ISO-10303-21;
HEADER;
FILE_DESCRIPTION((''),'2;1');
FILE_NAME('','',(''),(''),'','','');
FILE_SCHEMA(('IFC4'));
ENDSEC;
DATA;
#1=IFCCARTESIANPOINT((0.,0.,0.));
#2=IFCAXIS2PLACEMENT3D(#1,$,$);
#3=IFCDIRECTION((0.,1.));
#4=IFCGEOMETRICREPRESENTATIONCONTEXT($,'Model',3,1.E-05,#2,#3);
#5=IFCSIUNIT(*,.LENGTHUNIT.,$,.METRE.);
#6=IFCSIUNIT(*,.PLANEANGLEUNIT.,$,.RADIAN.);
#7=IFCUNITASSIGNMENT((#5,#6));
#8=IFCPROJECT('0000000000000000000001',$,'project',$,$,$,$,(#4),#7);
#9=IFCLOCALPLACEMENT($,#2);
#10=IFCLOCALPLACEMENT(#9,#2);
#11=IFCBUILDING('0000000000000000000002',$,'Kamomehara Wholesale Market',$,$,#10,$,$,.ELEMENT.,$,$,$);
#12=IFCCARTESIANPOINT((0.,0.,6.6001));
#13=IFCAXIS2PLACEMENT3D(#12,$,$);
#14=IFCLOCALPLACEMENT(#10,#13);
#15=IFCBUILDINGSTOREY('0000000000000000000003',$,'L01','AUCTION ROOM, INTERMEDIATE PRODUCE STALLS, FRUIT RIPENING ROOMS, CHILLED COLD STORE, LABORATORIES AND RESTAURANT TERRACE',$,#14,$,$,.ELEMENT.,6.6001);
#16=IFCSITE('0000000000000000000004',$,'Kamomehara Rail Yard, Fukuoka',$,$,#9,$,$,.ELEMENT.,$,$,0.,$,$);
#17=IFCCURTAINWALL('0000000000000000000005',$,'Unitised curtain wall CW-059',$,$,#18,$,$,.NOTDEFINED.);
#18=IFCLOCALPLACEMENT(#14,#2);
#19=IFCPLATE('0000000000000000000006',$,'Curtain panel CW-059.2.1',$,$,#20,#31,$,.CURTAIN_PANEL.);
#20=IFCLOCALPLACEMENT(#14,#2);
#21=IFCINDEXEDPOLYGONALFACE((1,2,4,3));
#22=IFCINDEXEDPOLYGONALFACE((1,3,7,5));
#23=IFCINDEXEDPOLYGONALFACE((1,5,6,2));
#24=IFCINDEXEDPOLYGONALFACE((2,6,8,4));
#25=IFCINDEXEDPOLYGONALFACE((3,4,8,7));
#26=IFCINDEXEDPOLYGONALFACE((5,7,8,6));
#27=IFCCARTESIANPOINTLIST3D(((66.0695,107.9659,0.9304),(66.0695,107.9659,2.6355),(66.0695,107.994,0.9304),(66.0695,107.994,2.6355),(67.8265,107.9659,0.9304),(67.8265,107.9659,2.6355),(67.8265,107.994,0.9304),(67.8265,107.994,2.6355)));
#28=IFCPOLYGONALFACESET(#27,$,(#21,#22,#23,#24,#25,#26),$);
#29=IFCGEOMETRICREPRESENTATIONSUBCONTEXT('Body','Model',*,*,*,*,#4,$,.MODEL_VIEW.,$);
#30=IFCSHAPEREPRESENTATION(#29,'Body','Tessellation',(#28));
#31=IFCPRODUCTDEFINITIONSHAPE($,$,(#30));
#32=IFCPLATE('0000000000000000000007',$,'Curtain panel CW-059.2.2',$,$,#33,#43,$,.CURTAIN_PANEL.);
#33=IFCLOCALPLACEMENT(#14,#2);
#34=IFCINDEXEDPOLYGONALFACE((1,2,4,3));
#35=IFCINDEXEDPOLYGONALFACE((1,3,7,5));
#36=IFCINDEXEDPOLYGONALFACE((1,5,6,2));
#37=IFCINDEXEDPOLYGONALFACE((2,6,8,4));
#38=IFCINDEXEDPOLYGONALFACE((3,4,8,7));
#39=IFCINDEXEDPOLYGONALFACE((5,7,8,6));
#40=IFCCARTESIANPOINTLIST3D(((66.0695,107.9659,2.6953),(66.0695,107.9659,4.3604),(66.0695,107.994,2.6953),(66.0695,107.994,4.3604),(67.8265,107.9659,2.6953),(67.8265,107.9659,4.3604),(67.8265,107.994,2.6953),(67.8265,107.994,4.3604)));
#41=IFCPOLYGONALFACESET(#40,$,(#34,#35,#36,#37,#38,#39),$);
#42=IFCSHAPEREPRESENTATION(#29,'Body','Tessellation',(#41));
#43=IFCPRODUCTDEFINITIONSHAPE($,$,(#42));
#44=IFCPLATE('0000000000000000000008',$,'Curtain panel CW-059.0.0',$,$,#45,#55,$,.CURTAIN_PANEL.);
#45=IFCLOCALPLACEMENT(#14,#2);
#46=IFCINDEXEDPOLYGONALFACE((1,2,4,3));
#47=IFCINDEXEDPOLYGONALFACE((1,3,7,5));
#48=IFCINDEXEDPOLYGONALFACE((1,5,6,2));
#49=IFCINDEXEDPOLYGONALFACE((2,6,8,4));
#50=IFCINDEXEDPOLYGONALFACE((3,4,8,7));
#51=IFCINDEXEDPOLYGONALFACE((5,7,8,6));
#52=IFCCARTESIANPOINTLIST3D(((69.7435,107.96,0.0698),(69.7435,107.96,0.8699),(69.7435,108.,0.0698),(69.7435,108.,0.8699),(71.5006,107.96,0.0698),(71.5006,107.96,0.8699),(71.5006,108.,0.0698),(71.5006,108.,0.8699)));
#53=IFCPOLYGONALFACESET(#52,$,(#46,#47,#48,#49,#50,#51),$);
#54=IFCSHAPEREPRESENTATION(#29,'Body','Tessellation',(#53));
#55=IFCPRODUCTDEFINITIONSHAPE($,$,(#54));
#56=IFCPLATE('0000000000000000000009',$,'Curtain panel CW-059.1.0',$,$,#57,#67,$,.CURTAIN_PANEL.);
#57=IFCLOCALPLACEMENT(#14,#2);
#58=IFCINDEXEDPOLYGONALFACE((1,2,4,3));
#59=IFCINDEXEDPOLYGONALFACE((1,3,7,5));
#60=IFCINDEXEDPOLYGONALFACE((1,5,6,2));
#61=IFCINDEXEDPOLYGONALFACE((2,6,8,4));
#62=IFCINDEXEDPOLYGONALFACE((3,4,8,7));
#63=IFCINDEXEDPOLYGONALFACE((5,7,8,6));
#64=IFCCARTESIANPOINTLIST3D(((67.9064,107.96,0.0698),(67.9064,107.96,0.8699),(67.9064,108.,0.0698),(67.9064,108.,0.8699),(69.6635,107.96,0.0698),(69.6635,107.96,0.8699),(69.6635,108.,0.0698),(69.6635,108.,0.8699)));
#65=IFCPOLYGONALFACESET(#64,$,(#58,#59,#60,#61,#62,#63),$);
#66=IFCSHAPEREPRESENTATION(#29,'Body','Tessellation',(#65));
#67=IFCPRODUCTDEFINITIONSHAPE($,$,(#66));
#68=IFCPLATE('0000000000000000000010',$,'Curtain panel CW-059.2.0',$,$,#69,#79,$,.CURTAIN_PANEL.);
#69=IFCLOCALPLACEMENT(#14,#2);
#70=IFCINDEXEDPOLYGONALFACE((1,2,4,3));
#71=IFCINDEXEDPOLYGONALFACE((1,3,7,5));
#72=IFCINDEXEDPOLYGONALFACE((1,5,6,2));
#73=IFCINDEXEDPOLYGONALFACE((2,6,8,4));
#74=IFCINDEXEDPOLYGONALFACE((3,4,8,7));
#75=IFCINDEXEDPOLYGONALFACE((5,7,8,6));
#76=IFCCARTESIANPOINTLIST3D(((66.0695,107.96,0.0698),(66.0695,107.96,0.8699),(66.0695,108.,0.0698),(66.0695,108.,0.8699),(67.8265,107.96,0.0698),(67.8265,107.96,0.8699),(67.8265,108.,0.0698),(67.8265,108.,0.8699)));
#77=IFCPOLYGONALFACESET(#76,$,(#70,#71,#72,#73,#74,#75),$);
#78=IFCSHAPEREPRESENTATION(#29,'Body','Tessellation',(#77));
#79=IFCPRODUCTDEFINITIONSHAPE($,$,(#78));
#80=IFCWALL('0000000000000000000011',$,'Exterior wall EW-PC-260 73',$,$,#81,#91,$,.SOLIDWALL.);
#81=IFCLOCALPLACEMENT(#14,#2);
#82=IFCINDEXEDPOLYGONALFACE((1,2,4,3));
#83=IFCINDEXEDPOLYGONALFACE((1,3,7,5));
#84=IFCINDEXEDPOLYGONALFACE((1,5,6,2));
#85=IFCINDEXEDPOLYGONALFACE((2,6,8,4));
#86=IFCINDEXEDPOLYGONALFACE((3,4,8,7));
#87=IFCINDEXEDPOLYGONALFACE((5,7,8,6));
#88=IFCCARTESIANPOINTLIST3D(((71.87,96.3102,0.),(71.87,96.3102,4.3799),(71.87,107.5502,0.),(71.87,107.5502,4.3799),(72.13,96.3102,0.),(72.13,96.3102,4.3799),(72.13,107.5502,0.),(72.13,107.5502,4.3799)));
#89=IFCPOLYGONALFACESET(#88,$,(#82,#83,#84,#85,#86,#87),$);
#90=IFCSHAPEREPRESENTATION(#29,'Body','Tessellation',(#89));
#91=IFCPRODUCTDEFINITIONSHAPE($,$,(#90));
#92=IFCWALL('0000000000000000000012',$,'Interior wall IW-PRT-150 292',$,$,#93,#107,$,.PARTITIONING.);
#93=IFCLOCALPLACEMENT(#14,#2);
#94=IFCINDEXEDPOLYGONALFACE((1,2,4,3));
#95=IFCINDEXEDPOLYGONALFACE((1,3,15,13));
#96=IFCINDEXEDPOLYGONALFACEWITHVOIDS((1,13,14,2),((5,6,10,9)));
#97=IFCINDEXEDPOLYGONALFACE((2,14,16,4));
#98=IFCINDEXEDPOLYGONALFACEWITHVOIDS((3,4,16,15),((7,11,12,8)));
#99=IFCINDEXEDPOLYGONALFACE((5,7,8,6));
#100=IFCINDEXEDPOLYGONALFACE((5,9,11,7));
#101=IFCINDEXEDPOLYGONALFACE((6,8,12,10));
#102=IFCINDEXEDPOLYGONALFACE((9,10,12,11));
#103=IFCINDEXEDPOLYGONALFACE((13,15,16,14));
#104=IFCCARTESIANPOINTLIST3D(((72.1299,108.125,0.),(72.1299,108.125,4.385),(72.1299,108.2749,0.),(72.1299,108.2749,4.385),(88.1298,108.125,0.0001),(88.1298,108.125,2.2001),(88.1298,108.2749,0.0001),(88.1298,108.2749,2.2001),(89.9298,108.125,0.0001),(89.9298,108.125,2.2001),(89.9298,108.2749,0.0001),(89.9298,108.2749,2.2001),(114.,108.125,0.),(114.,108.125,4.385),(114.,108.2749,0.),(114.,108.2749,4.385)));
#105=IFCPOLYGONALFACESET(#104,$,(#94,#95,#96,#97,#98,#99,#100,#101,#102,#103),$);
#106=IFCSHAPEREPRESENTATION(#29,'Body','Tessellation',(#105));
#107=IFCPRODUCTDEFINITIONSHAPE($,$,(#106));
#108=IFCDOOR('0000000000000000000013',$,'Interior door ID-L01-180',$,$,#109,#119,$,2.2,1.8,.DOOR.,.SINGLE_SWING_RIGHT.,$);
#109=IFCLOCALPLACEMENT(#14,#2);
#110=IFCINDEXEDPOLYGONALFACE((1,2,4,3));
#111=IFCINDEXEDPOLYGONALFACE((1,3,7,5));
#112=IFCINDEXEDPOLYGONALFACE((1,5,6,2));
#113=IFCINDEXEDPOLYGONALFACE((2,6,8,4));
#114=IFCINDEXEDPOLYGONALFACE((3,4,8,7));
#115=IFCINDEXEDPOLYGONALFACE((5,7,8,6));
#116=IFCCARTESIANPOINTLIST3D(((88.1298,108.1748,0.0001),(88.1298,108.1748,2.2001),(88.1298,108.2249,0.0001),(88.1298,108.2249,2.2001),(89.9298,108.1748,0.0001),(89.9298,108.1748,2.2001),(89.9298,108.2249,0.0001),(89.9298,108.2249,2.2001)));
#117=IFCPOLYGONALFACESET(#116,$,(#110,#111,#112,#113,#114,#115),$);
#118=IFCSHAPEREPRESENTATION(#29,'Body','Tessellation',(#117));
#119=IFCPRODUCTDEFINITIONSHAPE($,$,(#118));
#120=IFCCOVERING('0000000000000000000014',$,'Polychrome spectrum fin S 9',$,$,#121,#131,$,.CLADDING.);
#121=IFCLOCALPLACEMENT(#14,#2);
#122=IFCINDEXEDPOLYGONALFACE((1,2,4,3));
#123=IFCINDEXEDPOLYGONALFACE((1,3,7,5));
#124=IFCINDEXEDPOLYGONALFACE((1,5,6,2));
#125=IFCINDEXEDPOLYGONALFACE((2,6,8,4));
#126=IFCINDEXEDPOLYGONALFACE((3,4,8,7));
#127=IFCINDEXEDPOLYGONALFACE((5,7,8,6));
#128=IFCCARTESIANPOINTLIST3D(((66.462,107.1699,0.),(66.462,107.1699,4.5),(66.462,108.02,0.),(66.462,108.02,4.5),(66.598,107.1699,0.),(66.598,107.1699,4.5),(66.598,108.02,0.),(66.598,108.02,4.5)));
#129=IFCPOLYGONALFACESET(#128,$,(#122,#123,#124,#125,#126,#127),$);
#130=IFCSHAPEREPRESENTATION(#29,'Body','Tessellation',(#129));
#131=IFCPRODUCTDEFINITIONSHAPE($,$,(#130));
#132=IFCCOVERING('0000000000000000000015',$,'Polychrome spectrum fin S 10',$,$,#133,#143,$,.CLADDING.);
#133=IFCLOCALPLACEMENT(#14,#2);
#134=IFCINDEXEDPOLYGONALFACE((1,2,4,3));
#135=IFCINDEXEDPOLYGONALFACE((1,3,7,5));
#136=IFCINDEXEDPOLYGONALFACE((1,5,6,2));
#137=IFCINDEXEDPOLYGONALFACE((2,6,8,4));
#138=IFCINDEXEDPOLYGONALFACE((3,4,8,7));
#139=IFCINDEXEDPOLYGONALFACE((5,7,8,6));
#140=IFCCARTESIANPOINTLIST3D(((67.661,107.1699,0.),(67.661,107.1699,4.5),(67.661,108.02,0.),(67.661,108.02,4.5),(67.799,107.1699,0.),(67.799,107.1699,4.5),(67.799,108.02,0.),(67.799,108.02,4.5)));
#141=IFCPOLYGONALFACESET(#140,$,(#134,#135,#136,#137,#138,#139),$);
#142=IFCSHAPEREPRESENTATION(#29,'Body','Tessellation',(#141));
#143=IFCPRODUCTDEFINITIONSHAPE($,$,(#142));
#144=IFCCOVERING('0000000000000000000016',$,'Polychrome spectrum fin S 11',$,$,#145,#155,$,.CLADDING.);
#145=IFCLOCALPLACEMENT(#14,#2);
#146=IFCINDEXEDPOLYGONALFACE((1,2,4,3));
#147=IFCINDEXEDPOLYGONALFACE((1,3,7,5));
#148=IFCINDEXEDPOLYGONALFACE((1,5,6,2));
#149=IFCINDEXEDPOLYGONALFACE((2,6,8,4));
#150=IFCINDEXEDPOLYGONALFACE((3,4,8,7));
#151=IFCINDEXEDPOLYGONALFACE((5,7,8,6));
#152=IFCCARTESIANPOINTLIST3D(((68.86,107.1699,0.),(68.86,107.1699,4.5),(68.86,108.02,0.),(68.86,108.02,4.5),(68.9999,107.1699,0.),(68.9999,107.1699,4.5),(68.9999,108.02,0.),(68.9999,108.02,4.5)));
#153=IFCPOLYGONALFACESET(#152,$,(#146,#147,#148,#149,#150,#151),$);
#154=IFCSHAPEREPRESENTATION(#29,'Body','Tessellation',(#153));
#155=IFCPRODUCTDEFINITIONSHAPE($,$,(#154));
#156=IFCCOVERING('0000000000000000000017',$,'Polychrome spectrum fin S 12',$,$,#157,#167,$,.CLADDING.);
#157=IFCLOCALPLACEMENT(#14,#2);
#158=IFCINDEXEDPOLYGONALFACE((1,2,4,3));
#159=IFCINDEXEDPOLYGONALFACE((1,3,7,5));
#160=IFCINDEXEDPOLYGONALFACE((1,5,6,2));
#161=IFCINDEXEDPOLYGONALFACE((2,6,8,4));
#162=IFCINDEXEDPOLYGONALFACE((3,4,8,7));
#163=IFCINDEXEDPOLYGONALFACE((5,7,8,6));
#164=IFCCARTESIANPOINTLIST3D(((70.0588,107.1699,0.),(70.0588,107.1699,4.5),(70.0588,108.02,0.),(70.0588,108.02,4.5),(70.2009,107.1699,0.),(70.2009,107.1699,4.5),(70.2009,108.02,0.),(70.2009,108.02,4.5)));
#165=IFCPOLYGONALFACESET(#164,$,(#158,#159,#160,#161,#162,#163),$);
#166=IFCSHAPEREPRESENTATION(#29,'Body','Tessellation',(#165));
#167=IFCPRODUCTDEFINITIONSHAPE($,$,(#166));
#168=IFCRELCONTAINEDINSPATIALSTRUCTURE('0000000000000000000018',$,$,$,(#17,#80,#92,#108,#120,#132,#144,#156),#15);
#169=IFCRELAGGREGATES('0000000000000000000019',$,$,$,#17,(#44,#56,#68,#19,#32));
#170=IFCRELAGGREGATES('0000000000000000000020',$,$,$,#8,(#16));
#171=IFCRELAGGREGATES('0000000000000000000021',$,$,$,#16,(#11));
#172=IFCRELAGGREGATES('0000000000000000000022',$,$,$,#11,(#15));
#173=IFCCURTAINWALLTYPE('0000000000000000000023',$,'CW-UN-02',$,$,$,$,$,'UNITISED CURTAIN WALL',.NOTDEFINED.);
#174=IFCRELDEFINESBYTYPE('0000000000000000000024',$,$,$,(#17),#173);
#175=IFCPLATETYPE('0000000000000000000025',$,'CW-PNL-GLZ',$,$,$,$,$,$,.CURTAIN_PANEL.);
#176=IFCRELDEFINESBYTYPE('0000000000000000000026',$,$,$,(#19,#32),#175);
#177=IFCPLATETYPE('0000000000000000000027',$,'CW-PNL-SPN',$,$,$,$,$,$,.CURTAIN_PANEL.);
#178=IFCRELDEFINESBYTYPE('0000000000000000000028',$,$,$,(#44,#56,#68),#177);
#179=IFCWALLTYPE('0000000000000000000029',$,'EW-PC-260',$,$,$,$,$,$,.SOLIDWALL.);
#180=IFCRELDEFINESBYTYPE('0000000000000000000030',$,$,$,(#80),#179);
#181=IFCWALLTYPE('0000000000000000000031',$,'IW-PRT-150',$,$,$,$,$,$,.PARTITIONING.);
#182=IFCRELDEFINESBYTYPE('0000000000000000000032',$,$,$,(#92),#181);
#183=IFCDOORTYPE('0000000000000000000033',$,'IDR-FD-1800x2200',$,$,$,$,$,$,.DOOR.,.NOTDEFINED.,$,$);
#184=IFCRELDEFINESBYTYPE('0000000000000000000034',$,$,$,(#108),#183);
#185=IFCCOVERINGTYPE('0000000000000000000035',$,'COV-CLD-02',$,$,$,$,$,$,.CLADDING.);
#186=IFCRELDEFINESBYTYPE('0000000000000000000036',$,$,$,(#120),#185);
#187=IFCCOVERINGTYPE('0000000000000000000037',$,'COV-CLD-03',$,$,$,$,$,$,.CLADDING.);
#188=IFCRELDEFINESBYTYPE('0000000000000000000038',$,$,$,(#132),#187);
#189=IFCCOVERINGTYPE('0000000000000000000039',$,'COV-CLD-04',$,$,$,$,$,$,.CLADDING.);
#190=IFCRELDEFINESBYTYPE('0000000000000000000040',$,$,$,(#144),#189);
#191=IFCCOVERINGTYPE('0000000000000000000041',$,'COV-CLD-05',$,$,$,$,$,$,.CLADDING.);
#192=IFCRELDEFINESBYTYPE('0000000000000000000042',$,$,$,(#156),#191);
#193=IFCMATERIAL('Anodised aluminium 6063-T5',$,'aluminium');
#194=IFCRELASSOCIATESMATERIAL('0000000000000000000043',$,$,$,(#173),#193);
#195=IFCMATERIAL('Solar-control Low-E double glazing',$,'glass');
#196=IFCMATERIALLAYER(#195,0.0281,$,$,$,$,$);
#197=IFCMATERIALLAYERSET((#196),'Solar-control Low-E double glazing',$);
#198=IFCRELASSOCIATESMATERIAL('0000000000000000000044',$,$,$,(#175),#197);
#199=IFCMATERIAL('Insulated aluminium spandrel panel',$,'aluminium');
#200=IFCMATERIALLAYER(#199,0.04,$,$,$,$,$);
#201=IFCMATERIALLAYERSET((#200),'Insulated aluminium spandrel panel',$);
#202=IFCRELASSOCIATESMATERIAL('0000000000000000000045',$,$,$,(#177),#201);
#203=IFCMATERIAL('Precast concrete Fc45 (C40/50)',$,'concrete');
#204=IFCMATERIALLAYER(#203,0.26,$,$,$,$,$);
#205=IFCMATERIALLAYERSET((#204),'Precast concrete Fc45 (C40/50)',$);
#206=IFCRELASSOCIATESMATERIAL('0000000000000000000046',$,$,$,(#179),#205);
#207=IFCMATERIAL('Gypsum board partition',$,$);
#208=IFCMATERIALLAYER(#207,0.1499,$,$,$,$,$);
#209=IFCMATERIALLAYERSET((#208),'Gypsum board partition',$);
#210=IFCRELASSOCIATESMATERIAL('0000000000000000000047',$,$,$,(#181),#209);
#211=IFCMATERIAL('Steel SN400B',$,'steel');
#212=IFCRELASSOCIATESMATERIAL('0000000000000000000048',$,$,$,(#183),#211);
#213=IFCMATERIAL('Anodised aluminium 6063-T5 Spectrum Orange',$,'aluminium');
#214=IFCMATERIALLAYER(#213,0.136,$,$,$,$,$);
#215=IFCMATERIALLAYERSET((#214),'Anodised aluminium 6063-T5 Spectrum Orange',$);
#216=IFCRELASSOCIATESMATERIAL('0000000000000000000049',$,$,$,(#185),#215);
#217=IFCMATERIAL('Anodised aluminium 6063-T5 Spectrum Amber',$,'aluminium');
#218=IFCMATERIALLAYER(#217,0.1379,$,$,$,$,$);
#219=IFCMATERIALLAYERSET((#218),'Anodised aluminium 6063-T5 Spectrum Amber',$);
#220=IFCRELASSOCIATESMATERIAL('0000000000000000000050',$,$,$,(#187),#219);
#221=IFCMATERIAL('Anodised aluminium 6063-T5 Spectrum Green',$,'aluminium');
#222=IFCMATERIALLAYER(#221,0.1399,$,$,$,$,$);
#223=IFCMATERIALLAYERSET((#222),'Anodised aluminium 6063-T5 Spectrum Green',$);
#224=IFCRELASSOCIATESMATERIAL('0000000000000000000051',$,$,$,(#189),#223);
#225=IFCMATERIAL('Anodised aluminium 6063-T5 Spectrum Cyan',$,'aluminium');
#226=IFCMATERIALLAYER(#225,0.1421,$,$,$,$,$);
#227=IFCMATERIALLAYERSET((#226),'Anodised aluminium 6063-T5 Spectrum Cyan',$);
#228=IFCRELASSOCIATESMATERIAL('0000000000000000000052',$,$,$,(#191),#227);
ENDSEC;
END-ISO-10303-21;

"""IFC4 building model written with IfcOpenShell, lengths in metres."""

from ifc_helpers import new_model, si_unit, direction, frame, frame_2d, origin, origin_2d, place, context, subcontext, project, spatial, rectangle, extrude, material, layer, layer_set, type_object, element, fill, aggregate, save


model = new_model("IFC4")

# Units and contexts
model_context = context("Model", 3, precision=1e-05, world=origin(), true_north=direction((0.0, 1.0)))
body_context = subcontext(model_context, "Body", "Model", "MODEL_VIEW")
ifc_project = project(units=[si_unit("LENGTHUNIT", "METRE"), si_unit("PLANEANGLEUNIT", "RADIAN")], contexts=[model_context])

# Site, building, storey
site_placement = place(None, origin())
site = spatial("IfcSite", under=ifc_project, at=site_placement, Name="Kamomehara Rail Yard, Fukuoka", CompositionType="ELEMENT", RefElevation=0.0)
building_placement = place(site_placement, origin())
building = spatial("IfcBuilding", under=site, at=building_placement, Name="Kamomehara Wholesale Market", CompositionType="ELEMENT")
storey_placement = place(building_placement, frame((0.0, 0.0, 6.6001)))
storey = spatial("IfcBuildingStorey", under=building, at=storey_placement, Name="L01", Description="AUCTION ROOM, INTERMEDIATE PRODUCE STALLS, FRUIT RIPENING ROOMS, CHILLED COLD STORE, LABORATORIES AND RESTAURANT TERRACE", CompositionType="ELEMENT", Elevation=6.6001)

# Curtain wall, plates
ifc_material_1 = material(Name="Anodised aluminium 6063-T5", Category="aluminium")
curtain_wall_type = type_object("IfcCurtainWallType", Name="CW-UN-02", ElementType="UNITISED CURTAIN WALL", PredefinedType="NOTDEFINED", material=ifc_material_1)
curtain_wall_placement = place(storey_placement, origin())
curtain_wall = element("IfcCurtainWall", 1, at=curtain_wall_placement, inside=storey, type_object=curtain_wall_type, Name="Unitised curtain wall CW-059", PredefinedType="NOTDEFINED")
ifc_material_2 = material(Name="Solar-control Low-E double glazing", Category="glass")
ifc_layer_1 = layer(ifc_material_2, 0.0281)
ifc_layer_set_1 = layer_set([ifc_layer_1], Name="Solar-control Low-E double glazing")
plate_type_1 = type_object("IfcPlateType", Name="CW-PNL-GLZ", PredefinedType="CURTAIN_PANEL", material=ifc_layer_set_1)
plate_1_placement = place(storey_placement, frame((66.948, 107.98, 0.9304), z_axis=(0.0, 0.0, 1.0), x_axis=(-1.0, 0.0, 0.0)))
plate_1 = element("IfcPlate", 2, at=plate_1_placement, type_object=plate_type_1, Name="Curtain panel CW-059.2.1", PredefinedType="CURTAIN_PANEL", context=body_context, shape_type="SweptSolid", body=[
    extrude(rectangle(XDim=1.7571, YDim=0.0281, at=origin_2d()), origin(), (0.0, 0.0, 1.0), 1.7051),
])
plate_2_placement = place(storey_placement, frame((66.948, 107.98, 2.6953), z_axis=(0.0, 0.0, 1.0), x_axis=(-1.0, 0.0, 0.0)))
plate_2 = element("IfcPlate", 3, at=plate_2_placement, type_object=plate_type_1, Name="Curtain panel CW-059.2.2", PredefinedType="CURTAIN_PANEL", context=body_context, shape_type="SweptSolid", body=[
    extrude(rectangle(XDim=1.7571, YDim=0.0281, at=origin_2d()), origin(), (0.0, 0.0, 1.0), 1.665),
])
ifc_material_3 = material(Name="Insulated aluminium spandrel panel", Category="aluminium")
ifc_layer_2 = layer(ifc_material_3, 0.04)
ifc_layer_set_2 = layer_set([ifc_layer_2], Name="Insulated aluminium spandrel panel")
plate_type_2 = type_object("IfcPlateType", Name="CW-PNL-SPN", PredefinedType="CURTAIN_PANEL", material=ifc_layer_set_2)
plate_3_placement = place(storey_placement, frame((70.6221, 107.98, 0.0698), z_axis=(0.0, 0.0, 1.0), x_axis=(-1.0, 0.0, 0.0)))
plate_3 = element("IfcPlate", 4, at=plate_3_placement, type_object=plate_type_2, Name="Curtain panel CW-059.0.0", PredefinedType="CURTAIN_PANEL", context=body_context, shape_type="SweptSolid", body=[
    extrude(rectangle(XDim=1.7571, YDim=0.04, at=origin_2d()), origin(), (0.0, 0.0, 1.0), 0.8),
])
plate_4_placement = place(storey_placement, frame((68.7849, 107.98, 0.0698), z_axis=(0.0, 0.0, 1.0), x_axis=(-1.0, 0.0, 0.0)))
plate_4 = element("IfcPlate", 5, at=plate_4_placement, type_object=plate_type_2, Name="Curtain panel CW-059.1.0", PredefinedType="CURTAIN_PANEL", context=body_context, shape_type="SweptSolid", body=[
    extrude(rectangle(XDim=1.7571, YDim=0.04, at=origin_2d()), origin(), (0.0, 0.0, 1.0), 0.8),
])
plate_5_placement = place(storey_placement, frame((66.948, 107.98, 0.0698), z_axis=(0.0, 0.0, 1.0), x_axis=(-1.0, 0.0, 0.0)))
plate_5 = element("IfcPlate", 6, at=plate_5_placement, type_object=plate_type_2, Name="Curtain panel CW-059.2.0", PredefinedType="CURTAIN_PANEL", context=body_context, shape_type="SweptSolid", body=[
    extrude(rectangle(XDim=1.7571, YDim=0.04, at=origin_2d()), origin(), (0.0, 0.0, 1.0), 0.8),
])
aggregate(curtain_wall, [plate_3, plate_4, plate_5, plate_1, plate_2])

# Wall
ifc_material_4 = material(Name="Precast concrete Fc45 (C40/50)", Category="concrete")
ifc_layer_3 = layer(ifc_material_4, 0.26)
ifc_layer_set_3 = layer_set([ifc_layer_3], Name="Precast concrete Fc45 (C40/50)")
wall_type_1 = type_object("IfcWallType", Name="EW-PC-260", PredefinedType="SOLIDWALL", material=ifc_layer_set_3)
wall_1_placement = place(storey_placement, frame((72.0, 96.3101, 0.0), z_axis=(0.0, 0.0, 1.0), x_axis=(0.0, 1.0, 0.0)))
element("IfcWall", 7, at=wall_1_placement, inside=storey, type_object=wall_type_1, Name="Exterior wall EW-PC-260 73", PredefinedType="SOLIDWALL", context=body_context, shape_type="SweptSolid", body=[
    extrude(rectangle(XDim=11.24, YDim=0.26, at=frame_2d((5.6201, 0.0))), origin(), (0.0, 0.0, 1.0), 4.3799),
])

# Wall, opening, door
ifc_material_5 = material(Name="Gypsum board partition")
ifc_layer_4 = layer(ifc_material_5, 0.1499)
ifc_layer_set_4 = layer_set([ifc_layer_4], Name="Gypsum board partition")
wall_type_2 = type_object("IfcWallType", Name="IW-PRT-150", PredefinedType="PARTITIONING", material=ifc_layer_set_4)
wall_2_placement = place(storey_placement, frame((72.1299, 108.2, 0.0), z_axis=(0.0, 0.0, 1.0), x_axis=(1.0, 0.0, 0.0)))
wall_2 = element("IfcWall", 8, at=wall_2_placement, inside=storey, type_object=wall_type_2, Name="Interior wall IW-PRT-150 292", PredefinedType="PARTITIONING", context=body_context, shape_type="SweptSolid", body=[
    extrude(rectangle(XDim=41.8701, YDim=0.1499, at=frame_2d((20.9351, 0.0))), origin(), (0.0, 0.0, 1.0), 4.385),
])
opening_placement = place(wall_2_placement, frame((16.0, 0.0, 0.0)))
opening = element("IfcOpeningElement", 9, at=opening_placement, cuts=wall_2, PredefinedType="OPENING", context=body_context, shape_type="SweptSolid", body=[
    extrude(rectangle(XDim=1.8, YDim=2.2, at=frame_2d((0.8999, 1.1001))), frame((0.0, 0.0898, 0.0), z_axis=(0.0, -1.0, 0.0), x_axis=(1.0, 0.0, 0.0)), (0.0, 0.0, 1.0), 0.1797),
])
ifc_material_6 = material(Name="Steel SN400B", Category="steel")
door_type = type_object("IfcDoorType", Name="IDR-FD-1800x2200", OperationType="NOTDEFINED", PredefinedType="DOOR", material=ifc_material_6)
door_placement = place(opening_placement, origin())
door = element("IfcDoor", 10, at=door_placement, inside=storey, type_object=door_type, Name="Interior door ID-L01-180", OperationType="SINGLE_SWING_RIGHT", OverallHeight=2.2, OverallWidth=1.8, PredefinedType="DOOR", context=body_context, shape_type="SweptSolid", body=[
    extrude(rectangle(XDim=1.8, YDim=2.2, at=frame_2d((0.8999, 1.1001))), frame((0.0, 0.0249, 0.0), z_axis=(0.0, -1.0, 0.0), x_axis=(1.0, 0.0, 0.0)), (0.0, 0.0, 1.0), 0.05),
])
fill(opening, door)

# Coverings
ifc_material_7 = material(Name="Anodised aluminium 6063-T5 Spectrum Orange", Category="aluminium")
ifc_layer_5 = layer(ifc_material_7, 0.136)
ifc_layer_set_5 = layer_set([ifc_layer_5], Name="Anodised aluminium 6063-T5 Spectrum Orange")
covering_type_1 = type_object("IfcCoveringType", Name="COV-CLD-02", PredefinedType="CLADDING", material=ifc_layer_set_5)
covering_1_placement = place(storey_placement, frame((66.53, 107.595, 0.0), z_axis=(0.0, 0.0, 1.0), x_axis=(1.0, 0.0, 0.0)))
element("IfcCovering", 11, at=covering_1_placement, inside=storey, type_object=covering_type_1, Name="Polychrome spectrum fin S 9", PredefinedType="CLADDING", context=body_context, shape_type="SweptSolid", body=[
    extrude(rectangle(XDim=0.136, YDim=0.8501, at=origin_2d()), origin(), (0.0, 0.0, 1.0), 4.5),
])
ifc_material_8 = material(Name="Anodised aluminium 6063-T5 Spectrum Amber", Category="aluminium")
ifc_layer_6 = layer(ifc_material_8, 0.1379)
ifc_layer_set_6 = layer_set([ifc_layer_6], Name="Anodised aluminium 6063-T5 Spectrum Amber")
covering_type_2 = type_object("IfcCoveringType", Name="COV-CLD-03", PredefinedType="CLADDING", material=ifc_layer_set_6)
covering_2_placement = place(storey_placement, frame((67.73, 107.595, 0.0), z_axis=(0.0, 0.0, 1.0), x_axis=(1.0, 0.0, 0.0)))
element("IfcCovering", 12, at=covering_2_placement, inside=storey, type_object=covering_type_2, Name="Polychrome spectrum fin S 10", PredefinedType="CLADDING", context=body_context, shape_type="SweptSolid", body=[
    extrude(rectangle(XDim=0.1379, YDim=0.8501, at=origin_2d()), origin(), (0.0, 0.0, 1.0), 4.5),
])
ifc_material_9 = material(Name="Anodised aluminium 6063-T5 Spectrum Green", Category="aluminium")
ifc_layer_7 = layer(ifc_material_9, 0.1399)
ifc_layer_set_7 = layer_set([ifc_layer_7], Name="Anodised aluminium 6063-T5 Spectrum Green")
covering_type_3 = type_object("IfcCoveringType", Name="COV-CLD-04", PredefinedType="CLADDING", material=ifc_layer_set_7)
covering_3_placement = place(storey_placement, frame((68.9299, 107.595, 0.0), z_axis=(0.0, 0.0, 1.0), x_axis=(1.0, 0.0, 0.0)))
element("IfcCovering", 13, at=covering_3_placement, inside=storey, type_object=covering_type_3, Name="Polychrome spectrum fin S 11", PredefinedType="CLADDING", context=body_context, shape_type="SweptSolid", body=[
    extrude(rectangle(XDim=0.1399, YDim=0.8501, at=origin_2d()), origin(), (0.0, 0.0, 1.0), 4.5),
])
ifc_material_10 = material(Name="Anodised aluminium 6063-T5 Spectrum Cyan", Category="aluminium")
ifc_layer_8 = layer(ifc_material_10, 0.1421)
ifc_layer_set_8 = layer_set([ifc_layer_8], Name="Anodised aluminium 6063-T5 Spectrum Cyan")
covering_type_4 = type_object("IfcCoveringType", Name="COV-CLD-05", PredefinedType="CLADDING", material=ifc_layer_set_8)
covering_4_placement = place(storey_placement, frame((70.1299, 107.595, 0.0), z_axis=(0.0, 0.0, 1.0), x_axis=(1.0, 0.0, 0.0)))
element("IfcCovering", 14, at=covering_4_placement, inside=storey, type_object=covering_type_4, Name="Polychrome spectrum fin S 12", PredefinedType="CLADDING", context=body_context, shape_type="SweptSolid", body=[
    extrude(rectangle(XDim=0.1421, YDim=0.8501, at=origin_2d()), origin(), (0.0, 0.0, 1.0), 4.5),
])

save(model, "model.ifc")
